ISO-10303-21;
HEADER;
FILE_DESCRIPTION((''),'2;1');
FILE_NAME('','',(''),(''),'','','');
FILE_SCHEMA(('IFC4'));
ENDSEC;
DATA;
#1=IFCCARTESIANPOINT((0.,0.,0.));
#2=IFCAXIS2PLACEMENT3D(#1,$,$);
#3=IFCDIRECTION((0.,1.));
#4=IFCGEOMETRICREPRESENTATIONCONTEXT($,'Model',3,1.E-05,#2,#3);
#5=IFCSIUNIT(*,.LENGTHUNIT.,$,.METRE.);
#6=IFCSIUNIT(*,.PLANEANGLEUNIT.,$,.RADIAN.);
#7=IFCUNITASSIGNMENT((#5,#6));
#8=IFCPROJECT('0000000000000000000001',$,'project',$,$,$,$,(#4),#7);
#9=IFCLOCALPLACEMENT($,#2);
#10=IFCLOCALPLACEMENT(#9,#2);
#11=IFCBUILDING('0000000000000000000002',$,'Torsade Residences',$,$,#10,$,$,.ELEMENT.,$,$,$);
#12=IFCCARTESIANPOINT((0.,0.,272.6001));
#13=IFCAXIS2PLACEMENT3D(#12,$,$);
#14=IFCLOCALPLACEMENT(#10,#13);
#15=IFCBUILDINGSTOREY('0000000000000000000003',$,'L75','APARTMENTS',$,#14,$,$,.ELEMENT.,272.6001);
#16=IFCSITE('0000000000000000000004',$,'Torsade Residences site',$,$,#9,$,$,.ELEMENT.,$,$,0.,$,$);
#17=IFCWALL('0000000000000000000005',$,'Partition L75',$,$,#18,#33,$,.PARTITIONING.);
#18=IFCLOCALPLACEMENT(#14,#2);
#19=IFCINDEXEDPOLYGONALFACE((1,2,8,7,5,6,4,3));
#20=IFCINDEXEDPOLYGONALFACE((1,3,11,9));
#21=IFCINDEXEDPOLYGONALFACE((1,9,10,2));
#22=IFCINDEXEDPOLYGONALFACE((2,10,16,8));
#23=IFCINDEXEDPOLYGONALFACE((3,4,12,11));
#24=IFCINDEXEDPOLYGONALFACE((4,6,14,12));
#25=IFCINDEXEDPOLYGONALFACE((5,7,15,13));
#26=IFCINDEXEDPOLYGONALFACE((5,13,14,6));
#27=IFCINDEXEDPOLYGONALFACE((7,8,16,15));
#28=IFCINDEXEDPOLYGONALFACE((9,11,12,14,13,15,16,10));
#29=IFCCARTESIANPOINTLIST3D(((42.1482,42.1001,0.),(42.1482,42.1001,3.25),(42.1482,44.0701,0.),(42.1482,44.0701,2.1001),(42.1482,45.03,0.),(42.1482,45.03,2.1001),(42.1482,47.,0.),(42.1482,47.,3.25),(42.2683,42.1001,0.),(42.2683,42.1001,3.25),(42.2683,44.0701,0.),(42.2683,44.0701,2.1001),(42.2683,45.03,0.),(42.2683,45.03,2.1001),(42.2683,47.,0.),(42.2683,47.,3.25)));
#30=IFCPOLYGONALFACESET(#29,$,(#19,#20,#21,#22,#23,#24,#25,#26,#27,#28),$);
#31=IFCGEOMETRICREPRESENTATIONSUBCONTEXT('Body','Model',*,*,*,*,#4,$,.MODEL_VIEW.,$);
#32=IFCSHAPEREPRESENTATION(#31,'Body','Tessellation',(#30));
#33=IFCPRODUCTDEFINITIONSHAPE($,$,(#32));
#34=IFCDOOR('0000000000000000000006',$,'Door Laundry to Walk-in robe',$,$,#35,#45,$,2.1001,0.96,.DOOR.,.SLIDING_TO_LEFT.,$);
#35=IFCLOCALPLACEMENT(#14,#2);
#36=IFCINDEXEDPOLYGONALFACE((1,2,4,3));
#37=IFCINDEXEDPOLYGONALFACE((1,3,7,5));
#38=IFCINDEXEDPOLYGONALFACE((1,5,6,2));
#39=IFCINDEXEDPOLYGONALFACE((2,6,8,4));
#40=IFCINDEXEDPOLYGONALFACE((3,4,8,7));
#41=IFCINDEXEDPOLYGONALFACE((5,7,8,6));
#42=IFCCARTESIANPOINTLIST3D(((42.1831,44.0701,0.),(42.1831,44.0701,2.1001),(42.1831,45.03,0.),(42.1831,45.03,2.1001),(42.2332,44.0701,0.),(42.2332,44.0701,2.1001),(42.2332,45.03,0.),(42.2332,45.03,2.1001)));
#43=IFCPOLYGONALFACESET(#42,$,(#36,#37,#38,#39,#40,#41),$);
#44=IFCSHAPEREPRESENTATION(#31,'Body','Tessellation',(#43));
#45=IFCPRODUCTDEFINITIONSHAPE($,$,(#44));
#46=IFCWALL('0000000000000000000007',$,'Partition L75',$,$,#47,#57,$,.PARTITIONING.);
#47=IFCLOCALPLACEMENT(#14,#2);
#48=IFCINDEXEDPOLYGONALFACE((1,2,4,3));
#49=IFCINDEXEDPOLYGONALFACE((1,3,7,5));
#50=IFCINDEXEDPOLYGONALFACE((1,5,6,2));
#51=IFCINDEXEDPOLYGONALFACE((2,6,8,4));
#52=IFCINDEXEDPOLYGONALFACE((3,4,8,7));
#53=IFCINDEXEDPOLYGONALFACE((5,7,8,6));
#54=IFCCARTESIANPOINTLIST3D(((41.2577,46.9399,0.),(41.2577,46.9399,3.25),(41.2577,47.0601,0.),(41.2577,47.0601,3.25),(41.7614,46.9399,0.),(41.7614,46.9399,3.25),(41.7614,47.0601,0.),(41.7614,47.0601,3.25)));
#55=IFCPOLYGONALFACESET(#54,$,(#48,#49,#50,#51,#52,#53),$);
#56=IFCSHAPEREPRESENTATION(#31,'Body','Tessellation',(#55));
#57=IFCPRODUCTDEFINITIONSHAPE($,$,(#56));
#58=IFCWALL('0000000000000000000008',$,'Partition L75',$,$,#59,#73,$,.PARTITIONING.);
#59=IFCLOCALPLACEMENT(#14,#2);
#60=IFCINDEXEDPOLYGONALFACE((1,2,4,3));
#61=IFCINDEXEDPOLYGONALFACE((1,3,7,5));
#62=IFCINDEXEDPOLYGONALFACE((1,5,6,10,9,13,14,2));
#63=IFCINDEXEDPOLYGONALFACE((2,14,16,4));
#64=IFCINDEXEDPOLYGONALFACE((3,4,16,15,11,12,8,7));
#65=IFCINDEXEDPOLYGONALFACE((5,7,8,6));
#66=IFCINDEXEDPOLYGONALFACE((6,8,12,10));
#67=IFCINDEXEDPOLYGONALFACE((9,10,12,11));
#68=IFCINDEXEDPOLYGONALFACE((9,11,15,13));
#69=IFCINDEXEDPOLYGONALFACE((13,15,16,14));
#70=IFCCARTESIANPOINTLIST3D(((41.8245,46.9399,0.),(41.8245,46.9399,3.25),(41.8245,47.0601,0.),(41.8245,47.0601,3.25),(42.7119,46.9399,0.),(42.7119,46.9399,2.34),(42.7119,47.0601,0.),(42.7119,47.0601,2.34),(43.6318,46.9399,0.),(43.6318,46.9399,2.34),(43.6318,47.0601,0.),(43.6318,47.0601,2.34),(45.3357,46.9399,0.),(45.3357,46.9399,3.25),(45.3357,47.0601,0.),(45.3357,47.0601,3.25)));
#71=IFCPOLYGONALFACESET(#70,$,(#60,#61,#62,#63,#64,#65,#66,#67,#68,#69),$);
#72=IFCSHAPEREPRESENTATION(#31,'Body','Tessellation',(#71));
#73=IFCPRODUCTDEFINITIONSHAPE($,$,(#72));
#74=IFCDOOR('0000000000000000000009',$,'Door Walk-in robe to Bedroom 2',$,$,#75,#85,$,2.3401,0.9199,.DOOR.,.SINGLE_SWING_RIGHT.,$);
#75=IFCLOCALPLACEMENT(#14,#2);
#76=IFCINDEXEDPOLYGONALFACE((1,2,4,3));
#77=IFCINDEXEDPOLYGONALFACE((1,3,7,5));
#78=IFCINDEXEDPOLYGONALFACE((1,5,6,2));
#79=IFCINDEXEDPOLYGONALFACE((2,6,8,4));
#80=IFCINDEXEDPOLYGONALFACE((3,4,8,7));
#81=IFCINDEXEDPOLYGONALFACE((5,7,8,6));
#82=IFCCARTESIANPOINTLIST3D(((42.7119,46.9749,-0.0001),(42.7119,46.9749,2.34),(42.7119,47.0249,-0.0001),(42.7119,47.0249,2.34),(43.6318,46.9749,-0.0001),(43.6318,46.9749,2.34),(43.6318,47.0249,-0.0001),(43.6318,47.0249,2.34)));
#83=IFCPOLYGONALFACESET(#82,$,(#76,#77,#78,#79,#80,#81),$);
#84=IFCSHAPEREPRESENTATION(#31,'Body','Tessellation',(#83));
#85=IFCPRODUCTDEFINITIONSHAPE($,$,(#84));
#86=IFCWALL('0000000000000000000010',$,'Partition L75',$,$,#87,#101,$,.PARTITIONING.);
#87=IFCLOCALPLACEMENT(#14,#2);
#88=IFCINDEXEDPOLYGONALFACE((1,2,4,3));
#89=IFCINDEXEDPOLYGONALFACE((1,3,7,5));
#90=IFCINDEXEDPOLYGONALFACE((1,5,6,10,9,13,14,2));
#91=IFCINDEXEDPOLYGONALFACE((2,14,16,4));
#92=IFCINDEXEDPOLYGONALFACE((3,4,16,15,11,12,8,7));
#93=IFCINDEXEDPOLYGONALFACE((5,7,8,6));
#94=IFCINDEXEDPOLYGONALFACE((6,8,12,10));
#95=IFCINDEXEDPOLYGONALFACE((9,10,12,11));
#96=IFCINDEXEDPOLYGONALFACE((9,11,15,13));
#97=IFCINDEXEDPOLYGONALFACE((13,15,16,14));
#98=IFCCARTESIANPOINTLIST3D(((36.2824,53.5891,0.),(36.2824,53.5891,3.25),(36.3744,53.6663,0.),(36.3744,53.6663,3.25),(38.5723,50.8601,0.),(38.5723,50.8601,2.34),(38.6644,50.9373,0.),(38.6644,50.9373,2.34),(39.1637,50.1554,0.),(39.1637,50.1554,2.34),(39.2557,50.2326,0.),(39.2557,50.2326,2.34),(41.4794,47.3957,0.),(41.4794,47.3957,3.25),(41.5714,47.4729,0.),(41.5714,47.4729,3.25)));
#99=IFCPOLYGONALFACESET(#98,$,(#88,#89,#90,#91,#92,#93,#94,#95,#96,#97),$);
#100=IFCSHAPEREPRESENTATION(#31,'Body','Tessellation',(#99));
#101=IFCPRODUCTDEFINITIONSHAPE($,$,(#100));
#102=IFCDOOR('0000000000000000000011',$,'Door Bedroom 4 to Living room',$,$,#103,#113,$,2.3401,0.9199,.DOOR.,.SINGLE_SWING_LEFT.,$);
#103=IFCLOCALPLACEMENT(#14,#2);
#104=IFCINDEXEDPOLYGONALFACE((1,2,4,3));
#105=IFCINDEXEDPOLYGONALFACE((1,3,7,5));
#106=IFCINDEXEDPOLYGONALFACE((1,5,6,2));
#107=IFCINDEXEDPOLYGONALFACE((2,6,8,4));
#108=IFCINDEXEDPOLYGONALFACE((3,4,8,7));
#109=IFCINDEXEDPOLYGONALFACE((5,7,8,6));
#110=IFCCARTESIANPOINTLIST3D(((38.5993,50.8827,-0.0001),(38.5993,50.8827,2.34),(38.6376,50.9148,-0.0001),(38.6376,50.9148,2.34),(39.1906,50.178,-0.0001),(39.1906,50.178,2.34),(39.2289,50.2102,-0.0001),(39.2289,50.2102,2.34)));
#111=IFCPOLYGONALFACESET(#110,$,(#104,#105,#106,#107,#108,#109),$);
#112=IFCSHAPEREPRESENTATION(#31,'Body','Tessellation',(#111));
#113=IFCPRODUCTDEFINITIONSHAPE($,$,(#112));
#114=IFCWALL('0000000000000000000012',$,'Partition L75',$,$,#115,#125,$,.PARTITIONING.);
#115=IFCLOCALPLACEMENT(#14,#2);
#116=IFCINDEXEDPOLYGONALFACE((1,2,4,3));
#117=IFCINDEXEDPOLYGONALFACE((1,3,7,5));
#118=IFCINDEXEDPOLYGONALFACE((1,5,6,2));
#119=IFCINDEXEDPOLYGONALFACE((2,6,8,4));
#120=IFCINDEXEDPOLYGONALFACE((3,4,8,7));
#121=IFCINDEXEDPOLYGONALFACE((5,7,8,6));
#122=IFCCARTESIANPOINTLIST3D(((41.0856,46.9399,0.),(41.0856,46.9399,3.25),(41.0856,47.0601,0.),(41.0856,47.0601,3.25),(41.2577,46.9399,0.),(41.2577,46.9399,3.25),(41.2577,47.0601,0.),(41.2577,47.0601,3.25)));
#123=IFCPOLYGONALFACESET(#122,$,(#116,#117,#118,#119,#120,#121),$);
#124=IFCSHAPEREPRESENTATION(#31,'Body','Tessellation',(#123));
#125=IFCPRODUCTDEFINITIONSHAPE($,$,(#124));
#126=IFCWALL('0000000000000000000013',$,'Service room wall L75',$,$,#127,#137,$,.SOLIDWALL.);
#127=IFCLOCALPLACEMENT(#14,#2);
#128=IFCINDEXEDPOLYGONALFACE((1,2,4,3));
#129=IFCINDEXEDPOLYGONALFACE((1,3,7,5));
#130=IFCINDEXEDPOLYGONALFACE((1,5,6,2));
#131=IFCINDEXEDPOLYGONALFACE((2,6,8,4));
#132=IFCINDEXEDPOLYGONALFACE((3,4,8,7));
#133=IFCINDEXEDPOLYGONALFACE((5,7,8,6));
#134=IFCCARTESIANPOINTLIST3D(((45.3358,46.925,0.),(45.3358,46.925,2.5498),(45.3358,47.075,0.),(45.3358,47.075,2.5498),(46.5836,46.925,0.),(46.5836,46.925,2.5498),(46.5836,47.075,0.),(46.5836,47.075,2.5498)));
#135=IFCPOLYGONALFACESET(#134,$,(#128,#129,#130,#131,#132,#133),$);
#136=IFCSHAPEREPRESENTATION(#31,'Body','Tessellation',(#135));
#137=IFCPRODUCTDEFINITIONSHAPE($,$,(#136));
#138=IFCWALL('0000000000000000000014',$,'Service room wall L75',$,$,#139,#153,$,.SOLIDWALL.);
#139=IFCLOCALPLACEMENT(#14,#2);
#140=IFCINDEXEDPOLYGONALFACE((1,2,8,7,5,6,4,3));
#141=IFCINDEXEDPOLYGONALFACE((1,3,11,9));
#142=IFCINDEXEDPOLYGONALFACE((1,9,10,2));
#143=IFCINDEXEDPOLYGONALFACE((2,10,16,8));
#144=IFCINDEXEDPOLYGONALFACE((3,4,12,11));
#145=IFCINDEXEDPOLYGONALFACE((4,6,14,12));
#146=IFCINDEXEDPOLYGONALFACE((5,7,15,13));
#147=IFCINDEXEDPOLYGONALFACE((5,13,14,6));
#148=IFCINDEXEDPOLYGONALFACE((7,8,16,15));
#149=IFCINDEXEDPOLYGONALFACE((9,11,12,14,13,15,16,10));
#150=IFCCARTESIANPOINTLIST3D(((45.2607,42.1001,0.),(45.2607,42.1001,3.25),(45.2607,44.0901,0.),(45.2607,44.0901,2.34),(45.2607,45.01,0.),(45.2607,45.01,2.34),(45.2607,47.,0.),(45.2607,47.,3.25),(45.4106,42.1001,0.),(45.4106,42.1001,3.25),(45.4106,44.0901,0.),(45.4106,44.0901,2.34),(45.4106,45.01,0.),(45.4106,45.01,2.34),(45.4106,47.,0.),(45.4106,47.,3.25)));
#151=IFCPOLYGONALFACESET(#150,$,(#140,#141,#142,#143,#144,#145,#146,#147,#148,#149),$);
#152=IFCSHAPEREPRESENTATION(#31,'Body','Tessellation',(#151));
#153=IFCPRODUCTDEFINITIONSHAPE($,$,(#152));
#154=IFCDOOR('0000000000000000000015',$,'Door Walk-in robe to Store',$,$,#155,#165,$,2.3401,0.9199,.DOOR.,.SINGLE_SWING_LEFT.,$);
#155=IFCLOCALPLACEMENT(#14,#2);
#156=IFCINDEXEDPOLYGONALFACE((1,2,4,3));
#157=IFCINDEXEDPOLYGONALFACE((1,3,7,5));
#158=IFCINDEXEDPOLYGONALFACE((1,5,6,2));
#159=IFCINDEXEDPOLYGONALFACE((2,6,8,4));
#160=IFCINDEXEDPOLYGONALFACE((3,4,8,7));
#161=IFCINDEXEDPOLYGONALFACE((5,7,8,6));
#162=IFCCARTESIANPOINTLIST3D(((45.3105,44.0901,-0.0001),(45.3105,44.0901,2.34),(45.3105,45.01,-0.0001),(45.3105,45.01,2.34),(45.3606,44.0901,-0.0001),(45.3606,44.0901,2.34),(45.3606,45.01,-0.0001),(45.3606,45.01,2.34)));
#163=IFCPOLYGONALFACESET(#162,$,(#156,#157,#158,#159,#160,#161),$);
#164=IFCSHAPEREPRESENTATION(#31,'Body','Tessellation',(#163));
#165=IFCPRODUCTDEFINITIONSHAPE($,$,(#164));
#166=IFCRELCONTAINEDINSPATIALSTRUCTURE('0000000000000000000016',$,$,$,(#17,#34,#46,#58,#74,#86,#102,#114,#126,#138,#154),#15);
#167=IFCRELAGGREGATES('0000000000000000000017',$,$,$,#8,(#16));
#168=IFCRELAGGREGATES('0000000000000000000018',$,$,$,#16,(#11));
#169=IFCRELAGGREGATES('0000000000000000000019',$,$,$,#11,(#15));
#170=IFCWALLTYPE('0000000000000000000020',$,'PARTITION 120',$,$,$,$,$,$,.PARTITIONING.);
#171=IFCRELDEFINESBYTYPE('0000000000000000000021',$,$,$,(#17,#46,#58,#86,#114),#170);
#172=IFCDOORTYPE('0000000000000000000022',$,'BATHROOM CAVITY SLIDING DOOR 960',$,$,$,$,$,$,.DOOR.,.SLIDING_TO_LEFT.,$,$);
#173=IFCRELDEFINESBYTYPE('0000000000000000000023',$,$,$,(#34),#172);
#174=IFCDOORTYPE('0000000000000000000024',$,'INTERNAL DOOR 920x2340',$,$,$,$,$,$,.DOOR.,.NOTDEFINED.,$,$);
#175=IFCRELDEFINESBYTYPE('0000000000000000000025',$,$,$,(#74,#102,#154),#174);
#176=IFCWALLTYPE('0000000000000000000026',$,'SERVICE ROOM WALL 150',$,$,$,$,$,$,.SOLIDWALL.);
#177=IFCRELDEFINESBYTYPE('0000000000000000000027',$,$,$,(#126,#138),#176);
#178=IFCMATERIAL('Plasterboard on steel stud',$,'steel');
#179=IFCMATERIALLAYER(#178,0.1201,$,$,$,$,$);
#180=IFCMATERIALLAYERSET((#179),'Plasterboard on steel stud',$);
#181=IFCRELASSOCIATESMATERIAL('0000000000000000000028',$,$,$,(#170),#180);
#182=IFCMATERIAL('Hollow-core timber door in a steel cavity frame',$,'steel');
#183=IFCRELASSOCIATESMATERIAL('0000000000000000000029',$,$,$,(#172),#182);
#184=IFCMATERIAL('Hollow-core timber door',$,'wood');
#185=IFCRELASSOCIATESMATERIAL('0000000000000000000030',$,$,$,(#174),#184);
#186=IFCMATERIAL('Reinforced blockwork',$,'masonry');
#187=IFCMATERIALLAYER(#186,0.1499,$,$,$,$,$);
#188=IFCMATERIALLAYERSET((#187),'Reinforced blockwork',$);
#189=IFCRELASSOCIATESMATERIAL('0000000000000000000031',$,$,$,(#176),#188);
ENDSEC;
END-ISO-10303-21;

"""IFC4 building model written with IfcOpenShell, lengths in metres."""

from ifc_helpers import new_model, si_unit, direction, frame, frame_2d, origin, place, context, subcontext, project, spatial, rectangle, extrude, material, layer, layer_set, type_object, element, fill, save


model = new_model("IFC4")

# Units and contexts
model_context = context("Model", 3, precision=1e-05, world=origin(), true_north=direction((0.0, 1.0)))
body_context = subcontext(model_context, "Body", "Model", "MODEL_VIEW")
ifc_project = project(units=[si_unit("LENGTHUNIT", "METRE"), si_unit("PLANEANGLEUNIT", "RADIAN")], contexts=[model_context])

# Site, building, storey
site_placement = place(None, origin())
site = spatial("IfcSite", under=ifc_project, at=site_placement, Name="Torsade Residences site", CompositionType="ELEMENT", RefElevation=0.0)
building_placement = place(site_placement, origin())
building = spatial("IfcBuilding", under=site, at=building_placement, Name="Torsade Residences", CompositionType="ELEMENT")
storey_placement = place(building_placement, frame((0.0, 0.0, 272.6001)))
storey = spatial("IfcBuildingStorey", under=building, at=storey_placement, Name="L75", Description="APARTMENTS", CompositionType="ELEMENT", Elevation=272.6001)

# Wall, opening, door
ifc_material_1 = material(Name="Plasterboard on steel stud", Category="steel")
ifc_layer_1 = layer(ifc_material_1, 0.1201)
ifc_layer_set_1 = layer_set([ifc_layer_1], Name="Plasterboard on steel stud")
wall_type_1 = type_object("IfcWallType", Name="PARTITION 120", PredefinedType="PARTITIONING", material=ifc_layer_set_1)
wall_1_placement = place(storey_placement, frame((42.2083, 47.0, 0.0), z_axis=(0.0, 0.0, 1.0), x_axis=(0.0, -1.0, 0.0)))
wall_1 = element("IfcWall", 1, at=wall_1_placement, inside=storey, type_object=wall_type_1, Name="Partition L75", PredefinedType="PARTITIONING", context=body_context, shape_type="SweptSolid", body=[
    extrude(rectangle(XDim=4.8999, YDim=0.1201, at=frame_2d((2.45, 0.0))), origin(), (0.0, 0.0, 1.0), 3.25),
])
opening_1_placement = place(wall_1_placement, frame((1.97, 0.0, 0.0)))
opening_1 = element("IfcOpeningElement", 2, at=opening_1_placement, cuts=wall_1, PredefinedType="OPENING", context=body_context, shape_type="SweptSolid", body=[
    extrude(rectangle(XDim=0.96, YDim=2.1001, at=frame_2d((0.48, 1.05))), frame((0.0, 0.0701, 0.0), z_axis=(0.0, -1.0, 0.0), x_axis=(1.0, 0.0, 0.0)), (0.0, 0.0, 1.0), 0.1401),
])
ifc_material_2 = material(Name="Hollow-core timber door in a steel cavity frame", Category="steel")
door_type_1 = type_object("IfcDoorType", Name="BATHROOM CAVITY SLIDING DOOR 960", OperationType="SLIDING_TO_LEFT", PredefinedType="DOOR", material=ifc_material_2)
door_1_placement = place(opening_1_placement, origin())
door_1 = element("IfcDoor", 3, at=door_1_placement, inside=storey, type_object=door_type_1, Name="Door Laundry to Walk-in robe", OperationType="SLIDING_TO_LEFT", OverallHeight=2.1001, OverallWidth=0.96, PredefinedType="DOOR", context=body_context, shape_type="SweptSolid", body=[
    extrude(rectangle(XDim=0.96, YDim=2.1001, at=frame_2d((0.48, 1.05))), frame((0.0, 0.0249, 0.0), z_axis=(0.0, -1.0, 0.0), x_axis=(1.0, 0.0, 0.0)), (0.0, 0.0, 1.0), 0.05),
])
fill(opening_1, door_1)

# Wall
wall_2_placement = place(storey_placement, frame((41.2576, 47.0, 0.0), z_axis=(0.0, 0.0, 1.0), x_axis=(1.0, 0.0, 0.0)))
element("IfcWall", 4, at=wall_2_placement, inside=storey, type_object=wall_type_1, Name="Partition L75", PredefinedType="PARTITIONING", context=body_context, shape_type="SweptSolid", body=[
    extrude(rectangle(XDim=0.5037, YDim=0.1201, at=frame_2d((0.252, 0.0))), origin(), (0.0, 0.0, 1.0), 3.25),
])

# Walls, openings, doors
wall_3_placement = place(storey_placement, frame((41.8245, 47.0, 0.0), z_axis=(0.0, 0.0, 1.0), x_axis=(1.0, 0.0, 0.0)))
wall_3 = element("IfcWall", 5, at=wall_3_placement, inside=storey, type_object=wall_type_1, Name="Partition L75", PredefinedType="PARTITIONING", context=body_context, shape_type="SweptSolid", body=[
    extrude(rectangle(XDim=3.5112, YDim=0.1201, at=frame_2d((1.7556, 0.0))), origin(), (0.0, 0.0, 1.0), 3.25),
])
opening_2_placement = place(wall_3_placement, frame((0.8875, 0.0, 0.0)))
opening_2 = element("IfcOpeningElement", 6, at=opening_2_placement, cuts=wall_3, PredefinedType="OPENING", context=body_context, shape_type="SweptSolid", body=[
    extrude(rectangle(XDim=0.9199, YDim=2.3401, at=frame_2d((0.46, 1.1699))), frame((0.0, 0.0701, 0.0), z_axis=(0.0, -1.0, 0.0), x_axis=(1.0, 0.0, 0.0)), (0.0, 0.0, 1.0), 0.1401),
])
ifc_material_3 = material(Name="Hollow-core timber door", Category="wood")
door_type_2 = type_object("IfcDoorType", Name="INTERNAL DOOR 920x2340", OperationType="NOTDEFINED", PredefinedType="DOOR", material=ifc_material_3)
door_2_placement = place(opening_2_placement, origin())
door_2 = element("IfcDoor", 7, at=door_2_placement, inside=storey, type_object=door_type_2, Name="Door Walk-in robe to Bedroom 2", OperationType="SINGLE_SWING_RIGHT", OverallHeight=2.3401, OverallWidth=0.9199, PredefinedType="DOOR", context=body_context, shape_type="SweptSolid", body=[
    extrude(rectangle(XDim=0.9199, YDim=2.3401, at=frame_2d((0.46, 1.1699))), frame((0.0, 0.0249, 0.0), z_axis=(0.0, -1.0, 0.0), x_axis=(1.0, 0.0, 0.0)), (0.0, 0.0, 1.0), 0.05),
])
fill(opening_2, door_2)
wall_4_placement = place(storey_placement, frame((41.5254, 47.4343, 0.0), z_axis=(0.0, 0.0, 1.0), x_axis=(-0.6428, 0.766034, 0.0)))
wall_4 = element("IfcWall", 8, at=wall_4_placement, inside=storey, type_object=wall_type_1, Name="Partition L75", PredefinedType="PARTITIONING", context=body_context, shape_type="SweptSolid", body=[
    extrude(rectangle(XDim=8.085, YDim=0.1201, at=frame_2d((4.0425, 0.0))), origin(), (0.0, 0.0, 1.0), 3.25),
])
opening_3_placement = place(wall_4_placement, frame((3.6025, 0.0, 0.0)))
opening_3 = element("IfcOpeningElement", 9, at=opening_3_placement, cuts=wall_4, PredefinedType="OPENING", context=body_context, shape_type="SweptSolid", body=[
    extrude(rectangle(XDim=0.9199, YDim=2.3401, at=frame_2d((0.46, 1.1699))), frame((0.0, 0.0701, 0.0), z_axis=(0.0, -1.0, 0.0), x_axis=(1.0, 0.0, 0.0)), (0.0, 0.0, 1.0), 0.1401),
])
door_3_placement = place(opening_3_placement, origin())
door_3 = element("IfcDoor", 10, at=door_3_placement, inside=storey, type_object=door_type_2, Name="Door Bedroom 4 to Living room", OperationType="SINGLE_SWING_LEFT", OverallHeight=2.3401, OverallWidth=0.9199, PredefinedType="DOOR", context=body_context, shape_type="SweptSolid", body=[
    extrude(rectangle(XDim=0.9199, YDim=2.3401, at=frame_2d((0.46, 1.1699))), frame((0.0, 0.0249, 0.0), z_axis=(0.0, -1.0, 0.0), x_axis=(1.0, 0.0, 0.0)), (0.0, 0.0, 1.0), 0.05),
])
fill(opening_3, door_3)

# Walls
wall_5_placement = place(storey_placement, frame((41.2576, 47.0, 0.0), z_axis=(0.0, 0.0, 1.0), x_axis=(-1.0, 0.0, 0.0)))
element("IfcWall", 11, at=wall_5_placement, inside=storey, type_object=wall_type_1, Name="Partition L75", PredefinedType="PARTITIONING", context=body_context, shape_type="SweptSolid", body=[
    extrude(rectangle(XDim=0.1721, YDim=0.1201, at=frame_2d((0.0859, 0.0))), origin(), (0.0, 0.0, 1.0), 3.25),
])
ifc_material_4 = material(Name="Reinforced blockwork", Category="masonry")
ifc_layer_2 = layer(ifc_material_4, 0.1499)
ifc_layer_set_2 = layer_set([ifc_layer_2], Name="Reinforced blockwork")
wall_type_2 = type_object("IfcWallType", Name="SERVICE ROOM WALL 150", PredefinedType="SOLIDWALL", material=ifc_layer_set_2)
wall_6_placement = place(storey_placement, frame((45.3357, 47.0, 0.0), z_axis=(0.0, 0.0, 1.0), x_axis=(1.0, 0.0, 0.0)))
element("IfcWall", 12, at=wall_6_placement, inside=storey, type_object=wall_type_2, Name="Service room wall L75", PredefinedType="SOLIDWALL", context=body_context, shape_type="SweptSolid", body=[
    extrude(rectangle(XDim=1.2478, YDim=0.1499, at=frame_2d((0.624, 0.0))), origin(), (0.0, 0.0, 1.0), 2.5498),
])

# Wall, opening, door
wall_7_placement = place(storey_placement, frame((45.3357, 47.0, 0.0), z_axis=(0.0, 0.0, 1.0), x_axis=(0.0, -1.0, 0.0)))
wall_7 = element("IfcWall", 13, at=wall_7_placement, inside=storey, type_object=wall_type_2, Name="Service room wall L75", PredefinedType="SOLIDWALL", context=body_context, shape_type="SweptSolid", body=[
    extrude(rectangle(XDim=4.8999, YDim=0.1499, at=frame_2d((2.45, 0.0))), origin(), (0.0, 0.0, 1.0), 3.25),
])
opening_4_placement = place(wall_7_placement, frame((1.99, 0.0, 0.0)))
opening_4 = element("IfcOpeningElement", 14, at=opening_4_placement, cuts=wall_7, PredefinedType="OPENING", context=body_context, shape_type="SweptSolid", body=[
    extrude(rectangle(XDim=0.9199, YDim=2.3401, at=frame_2d((0.46, 1.1699))), frame((0.0, 0.085, 0.0), z_axis=(0.0, -1.0, 0.0), x_axis=(1.0, 0.0, 0.0)), (0.0, 0.0, 1.0), 0.1699),
])
door_4_placement = place(opening_4_placement, origin())
door_4 = element("IfcDoor", 15, at=door_4_placement, inside=storey, type_object=door_type_2, Name="Door Walk-in robe to Store", OperationType="SINGLE_SWING_LEFT", OverallHeight=2.3401, OverallWidth=0.9199, PredefinedType="DOOR", context=body_context, shape_type="SweptSolid", body=[
    extrude(rectangle(XDim=0.9199, YDim=2.3401, at=frame_2d((0.46, 1.1699))), frame((0.0, 0.0249, 0.0), z_axis=(0.0, -1.0, 0.0), x_axis=(1.0, 0.0, 0.0)), (0.0, 0.0, 1.0), 0.05),
])
fill(opening_4, door_4)

save(model, "model.ifc")
